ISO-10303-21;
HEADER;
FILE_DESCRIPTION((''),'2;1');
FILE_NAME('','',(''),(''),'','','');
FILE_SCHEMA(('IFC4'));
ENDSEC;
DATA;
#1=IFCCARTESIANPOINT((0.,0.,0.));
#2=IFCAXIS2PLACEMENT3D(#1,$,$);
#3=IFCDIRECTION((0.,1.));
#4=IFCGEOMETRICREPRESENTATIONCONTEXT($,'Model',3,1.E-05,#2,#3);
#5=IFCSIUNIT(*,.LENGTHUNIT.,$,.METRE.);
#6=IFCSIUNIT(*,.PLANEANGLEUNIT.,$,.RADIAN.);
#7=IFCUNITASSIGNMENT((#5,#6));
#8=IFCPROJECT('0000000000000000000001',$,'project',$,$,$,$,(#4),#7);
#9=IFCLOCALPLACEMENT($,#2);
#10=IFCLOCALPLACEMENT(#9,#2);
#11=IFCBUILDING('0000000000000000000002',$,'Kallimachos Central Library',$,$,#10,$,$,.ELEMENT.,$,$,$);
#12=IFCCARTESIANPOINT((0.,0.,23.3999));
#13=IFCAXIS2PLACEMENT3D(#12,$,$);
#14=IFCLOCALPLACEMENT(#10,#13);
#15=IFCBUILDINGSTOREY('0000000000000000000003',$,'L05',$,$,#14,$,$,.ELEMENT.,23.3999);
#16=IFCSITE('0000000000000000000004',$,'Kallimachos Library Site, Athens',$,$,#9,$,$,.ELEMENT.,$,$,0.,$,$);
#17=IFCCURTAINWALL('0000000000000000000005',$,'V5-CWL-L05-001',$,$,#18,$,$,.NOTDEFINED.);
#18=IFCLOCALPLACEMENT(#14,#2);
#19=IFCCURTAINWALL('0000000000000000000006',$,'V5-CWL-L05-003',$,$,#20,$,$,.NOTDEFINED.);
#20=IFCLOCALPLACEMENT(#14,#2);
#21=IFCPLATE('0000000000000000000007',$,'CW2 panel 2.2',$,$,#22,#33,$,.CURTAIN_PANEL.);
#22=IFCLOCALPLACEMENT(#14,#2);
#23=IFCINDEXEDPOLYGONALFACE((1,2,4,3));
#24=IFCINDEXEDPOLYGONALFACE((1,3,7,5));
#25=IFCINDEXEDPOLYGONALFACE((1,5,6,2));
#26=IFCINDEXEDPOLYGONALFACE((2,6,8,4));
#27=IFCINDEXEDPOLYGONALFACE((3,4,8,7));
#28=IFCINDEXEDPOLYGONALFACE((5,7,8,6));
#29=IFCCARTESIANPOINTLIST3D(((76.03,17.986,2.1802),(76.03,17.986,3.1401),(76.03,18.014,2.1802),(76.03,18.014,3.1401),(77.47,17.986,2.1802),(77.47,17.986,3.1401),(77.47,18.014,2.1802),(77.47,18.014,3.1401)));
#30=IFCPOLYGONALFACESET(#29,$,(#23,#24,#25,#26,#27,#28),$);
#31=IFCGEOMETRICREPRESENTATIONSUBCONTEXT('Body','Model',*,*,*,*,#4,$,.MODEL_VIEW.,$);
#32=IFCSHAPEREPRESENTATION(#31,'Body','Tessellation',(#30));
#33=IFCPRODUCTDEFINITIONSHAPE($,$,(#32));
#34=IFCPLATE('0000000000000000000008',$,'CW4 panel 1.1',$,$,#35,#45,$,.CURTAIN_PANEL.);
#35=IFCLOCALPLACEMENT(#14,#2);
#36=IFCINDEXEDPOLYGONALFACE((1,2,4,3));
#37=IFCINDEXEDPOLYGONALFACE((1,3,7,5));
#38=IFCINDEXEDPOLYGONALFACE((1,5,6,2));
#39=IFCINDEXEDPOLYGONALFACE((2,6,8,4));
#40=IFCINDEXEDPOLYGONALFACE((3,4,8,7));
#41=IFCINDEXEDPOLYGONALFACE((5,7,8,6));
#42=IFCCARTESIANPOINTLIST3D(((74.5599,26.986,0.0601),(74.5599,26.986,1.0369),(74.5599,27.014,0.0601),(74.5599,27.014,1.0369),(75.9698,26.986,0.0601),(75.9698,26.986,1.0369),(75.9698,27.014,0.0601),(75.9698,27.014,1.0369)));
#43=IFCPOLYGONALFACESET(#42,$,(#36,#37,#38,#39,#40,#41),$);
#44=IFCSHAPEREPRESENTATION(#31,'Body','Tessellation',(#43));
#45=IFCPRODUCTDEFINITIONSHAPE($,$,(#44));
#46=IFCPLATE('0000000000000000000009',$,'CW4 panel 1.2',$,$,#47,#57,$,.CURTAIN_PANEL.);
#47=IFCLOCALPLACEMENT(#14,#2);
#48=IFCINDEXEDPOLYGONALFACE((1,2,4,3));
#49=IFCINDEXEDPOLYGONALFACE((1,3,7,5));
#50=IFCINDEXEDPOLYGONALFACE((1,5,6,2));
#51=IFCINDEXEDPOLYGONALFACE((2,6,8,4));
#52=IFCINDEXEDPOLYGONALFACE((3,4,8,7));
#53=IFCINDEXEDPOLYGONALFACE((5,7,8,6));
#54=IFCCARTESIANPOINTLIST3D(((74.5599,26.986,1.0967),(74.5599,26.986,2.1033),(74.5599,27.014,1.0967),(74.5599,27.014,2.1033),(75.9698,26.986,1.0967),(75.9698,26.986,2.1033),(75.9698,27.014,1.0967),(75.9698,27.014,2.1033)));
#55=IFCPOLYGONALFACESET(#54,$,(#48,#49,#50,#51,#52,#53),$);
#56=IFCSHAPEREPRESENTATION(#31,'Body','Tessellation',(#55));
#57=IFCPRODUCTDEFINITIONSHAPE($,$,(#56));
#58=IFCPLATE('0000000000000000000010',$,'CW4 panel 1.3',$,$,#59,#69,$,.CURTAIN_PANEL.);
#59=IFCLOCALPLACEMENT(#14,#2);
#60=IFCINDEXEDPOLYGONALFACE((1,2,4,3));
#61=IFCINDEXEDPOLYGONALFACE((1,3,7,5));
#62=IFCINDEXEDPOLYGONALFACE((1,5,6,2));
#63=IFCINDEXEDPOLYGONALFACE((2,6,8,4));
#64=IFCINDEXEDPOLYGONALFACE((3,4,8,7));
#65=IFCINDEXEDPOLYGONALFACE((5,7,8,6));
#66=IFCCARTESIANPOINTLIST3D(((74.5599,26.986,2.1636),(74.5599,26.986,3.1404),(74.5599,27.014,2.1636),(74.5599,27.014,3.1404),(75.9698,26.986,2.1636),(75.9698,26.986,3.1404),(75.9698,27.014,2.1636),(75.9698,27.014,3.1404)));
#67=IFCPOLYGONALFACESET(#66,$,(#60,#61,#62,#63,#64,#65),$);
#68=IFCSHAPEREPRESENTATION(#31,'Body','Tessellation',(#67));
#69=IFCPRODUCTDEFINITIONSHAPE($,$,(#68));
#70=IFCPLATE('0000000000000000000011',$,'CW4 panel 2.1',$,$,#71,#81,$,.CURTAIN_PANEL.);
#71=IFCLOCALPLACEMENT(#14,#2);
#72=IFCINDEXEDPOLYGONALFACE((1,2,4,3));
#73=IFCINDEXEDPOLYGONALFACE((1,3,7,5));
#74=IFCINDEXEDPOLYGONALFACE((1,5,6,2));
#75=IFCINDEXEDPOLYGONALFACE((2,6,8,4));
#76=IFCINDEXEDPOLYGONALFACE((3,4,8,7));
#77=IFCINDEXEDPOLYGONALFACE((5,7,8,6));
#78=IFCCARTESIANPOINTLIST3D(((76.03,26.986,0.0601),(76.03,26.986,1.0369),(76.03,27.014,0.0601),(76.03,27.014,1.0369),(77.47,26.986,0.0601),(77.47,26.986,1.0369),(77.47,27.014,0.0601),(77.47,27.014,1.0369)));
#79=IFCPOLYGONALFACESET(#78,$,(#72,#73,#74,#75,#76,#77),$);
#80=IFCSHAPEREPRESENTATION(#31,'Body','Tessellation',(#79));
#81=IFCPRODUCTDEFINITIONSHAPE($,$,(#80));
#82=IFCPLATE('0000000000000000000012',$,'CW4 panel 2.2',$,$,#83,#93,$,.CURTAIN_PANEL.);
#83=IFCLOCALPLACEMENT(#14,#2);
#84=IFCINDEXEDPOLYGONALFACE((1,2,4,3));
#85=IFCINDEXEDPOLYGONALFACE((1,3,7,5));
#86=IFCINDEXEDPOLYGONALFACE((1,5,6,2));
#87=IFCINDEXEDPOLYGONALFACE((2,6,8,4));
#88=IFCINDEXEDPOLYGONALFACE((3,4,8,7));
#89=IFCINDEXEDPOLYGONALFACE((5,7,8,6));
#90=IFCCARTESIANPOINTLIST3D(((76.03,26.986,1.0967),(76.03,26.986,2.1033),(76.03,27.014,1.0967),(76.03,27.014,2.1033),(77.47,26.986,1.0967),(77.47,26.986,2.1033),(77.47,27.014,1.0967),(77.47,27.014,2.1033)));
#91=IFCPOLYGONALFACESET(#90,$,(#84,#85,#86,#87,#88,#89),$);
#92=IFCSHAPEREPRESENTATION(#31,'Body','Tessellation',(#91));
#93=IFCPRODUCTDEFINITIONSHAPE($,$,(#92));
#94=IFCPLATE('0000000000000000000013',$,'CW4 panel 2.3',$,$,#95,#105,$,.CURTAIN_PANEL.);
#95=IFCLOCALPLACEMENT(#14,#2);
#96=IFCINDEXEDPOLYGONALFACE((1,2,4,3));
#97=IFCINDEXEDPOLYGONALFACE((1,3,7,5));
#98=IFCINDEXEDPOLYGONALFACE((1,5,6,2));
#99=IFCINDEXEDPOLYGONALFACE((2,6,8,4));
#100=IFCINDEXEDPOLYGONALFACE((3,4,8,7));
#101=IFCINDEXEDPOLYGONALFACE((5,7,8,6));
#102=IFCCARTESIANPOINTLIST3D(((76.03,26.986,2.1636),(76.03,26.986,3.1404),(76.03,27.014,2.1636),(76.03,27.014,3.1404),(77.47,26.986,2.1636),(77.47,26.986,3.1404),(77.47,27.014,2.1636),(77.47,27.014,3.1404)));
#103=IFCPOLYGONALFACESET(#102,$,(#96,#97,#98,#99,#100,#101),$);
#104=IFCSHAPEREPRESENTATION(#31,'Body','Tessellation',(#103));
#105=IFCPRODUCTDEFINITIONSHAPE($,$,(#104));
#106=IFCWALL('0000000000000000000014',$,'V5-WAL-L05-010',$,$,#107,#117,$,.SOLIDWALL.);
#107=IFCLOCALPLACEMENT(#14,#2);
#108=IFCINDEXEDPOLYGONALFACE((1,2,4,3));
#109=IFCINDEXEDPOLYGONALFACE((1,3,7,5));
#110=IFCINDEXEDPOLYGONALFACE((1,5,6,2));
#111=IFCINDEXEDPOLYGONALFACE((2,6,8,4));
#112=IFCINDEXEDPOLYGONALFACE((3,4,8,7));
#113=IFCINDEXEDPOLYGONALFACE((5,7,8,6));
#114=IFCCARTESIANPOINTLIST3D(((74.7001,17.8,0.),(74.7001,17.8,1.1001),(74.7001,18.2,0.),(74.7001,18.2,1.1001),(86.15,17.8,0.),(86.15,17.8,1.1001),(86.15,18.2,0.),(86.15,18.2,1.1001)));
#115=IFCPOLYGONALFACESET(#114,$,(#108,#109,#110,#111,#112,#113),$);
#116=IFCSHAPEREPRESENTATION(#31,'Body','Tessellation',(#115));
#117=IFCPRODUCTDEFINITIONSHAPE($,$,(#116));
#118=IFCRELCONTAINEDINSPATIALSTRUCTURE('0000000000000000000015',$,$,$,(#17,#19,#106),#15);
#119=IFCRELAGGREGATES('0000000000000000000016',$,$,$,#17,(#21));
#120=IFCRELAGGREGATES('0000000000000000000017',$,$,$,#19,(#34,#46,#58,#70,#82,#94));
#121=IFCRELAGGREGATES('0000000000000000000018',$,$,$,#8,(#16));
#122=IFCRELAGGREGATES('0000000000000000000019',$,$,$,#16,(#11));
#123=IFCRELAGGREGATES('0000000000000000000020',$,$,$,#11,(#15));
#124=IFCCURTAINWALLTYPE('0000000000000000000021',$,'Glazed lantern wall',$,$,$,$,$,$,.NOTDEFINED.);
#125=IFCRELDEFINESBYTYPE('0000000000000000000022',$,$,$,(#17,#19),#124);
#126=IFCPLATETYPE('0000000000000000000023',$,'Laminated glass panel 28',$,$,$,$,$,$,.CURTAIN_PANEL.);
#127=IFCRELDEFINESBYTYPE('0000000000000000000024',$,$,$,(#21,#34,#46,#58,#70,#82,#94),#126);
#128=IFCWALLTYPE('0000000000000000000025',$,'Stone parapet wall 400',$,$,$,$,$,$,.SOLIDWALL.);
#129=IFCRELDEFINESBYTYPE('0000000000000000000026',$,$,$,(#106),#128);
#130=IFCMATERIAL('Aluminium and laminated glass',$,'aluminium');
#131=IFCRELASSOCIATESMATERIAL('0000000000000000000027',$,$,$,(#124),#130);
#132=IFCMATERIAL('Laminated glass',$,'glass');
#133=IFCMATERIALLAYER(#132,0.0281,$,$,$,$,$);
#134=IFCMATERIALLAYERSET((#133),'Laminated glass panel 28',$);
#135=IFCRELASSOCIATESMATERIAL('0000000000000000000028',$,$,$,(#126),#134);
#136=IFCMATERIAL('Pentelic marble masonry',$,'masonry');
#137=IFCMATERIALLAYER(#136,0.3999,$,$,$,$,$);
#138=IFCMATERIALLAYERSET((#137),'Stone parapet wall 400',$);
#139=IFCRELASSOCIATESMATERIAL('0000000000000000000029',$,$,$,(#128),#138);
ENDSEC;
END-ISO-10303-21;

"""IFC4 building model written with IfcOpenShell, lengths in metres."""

from ifc_helpers import new_model, si_unit, direction, frame, frame_2d, origin, origin_2d, place, context, subcontext, project, spatial, rectangle, extrude, material, layer, layer_set, type_object, element, aggregate, save


model = new_model("IFC4")

# Units and contexts
model_context = context("Model", 3, precision=1e-05, world=origin(), true_north=direction((0.0, 1.0)))
body_context = subcontext(model_context, "Body", "Model", "MODEL_VIEW")
ifc_project = project(units=[si_unit("LENGTHUNIT", "METRE"), si_unit("PLANEANGLEUNIT", "RADIAN")], contexts=[model_context])

# Site, building, storey
site_placement = place(None, origin())
site = spatial("IfcSite", under=ifc_project, at=site_placement, Name="Kallimachos Library Site, Athens", CompositionType="ELEMENT", RefElevation=0.0)
building_placement = place(site_placement, origin())
building = spatial("IfcBuilding", under=site, at=building_placement, Name="Kallimachos Central Library", CompositionType="ELEMENT")
storey_placement = place(building_placement, frame((0.0, 0.0, 23.3999)))
storey = spatial("IfcBuildingStorey", under=building, at=storey_placement, Name="L05", CompositionType="ELEMENT", Elevation=23.3999)

# Curtain walls
ifc_material_1 = material(Name="Aluminium and laminated glass", Category="aluminium")
curtain_wall_type = type_object("IfcCurtainWallType", Name="Glazed lantern wall", PredefinedType="NOTDEFINED", material=ifc_material_1)
curtain_wall_1_placement = place(storey_placement, origin())
curtain_wall_1 = element("IfcCurtainWall", 1, at=curtain_wall_1_placement, inside=storey, type_object=curtain_wall_type, Name="V5-CWL-L05-001", PredefinedType="NOTDEFINED")
curtain_wall_2_placement = place(storey_placement, origin())
curtain_wall_2 = element("IfcCurtainWall", 2, at=curtain_wall_2_placement, inside=storey, type_object=curtain_wall_type, Name="V5-CWL-L05-003", PredefinedType="NOTDEFINED")

# Plates
ifc_material_2 = material(Name="Laminated glass", Category="glass")
ifc_layer_1 = layer(ifc_material_2, 0.0281)
ifc_layer_set_1 = layer_set([ifc_layer_1], Name="Laminated glass panel 28")
plate_type = type_object("IfcPlateType", Name="Laminated glass panel 28", PredefinedType="CURTAIN_PANEL", material=ifc_layer_set_1)
plate_1_placement = place(storey_placement, frame((76.75, 18.0, 2.1802), z_axis=(0.0, 0.0, 1.0), x_axis=(1.0, 0.0, 0.0)))
plate_1 = element("IfcPlate", 3, at=plate_1_placement, type_object=plate_type, Name="CW2 panel 2.2", PredefinedType="CURTAIN_PANEL", context=body_context, shape_type="SweptSolid", body=[
    extrude(rectangle(XDim=1.4399, YDim=0.0281, at=origin_2d()), origin(), (0.0, 0.0, 1.0), 0.96),
])
aggregate(curtain_wall_1, [plate_1])
plate_2_placement = place(storey_placement, frame((75.2649, 27.0, 0.0601), z_axis=(0.0, 0.0, 1.0), x_axis=(1.0, 0.0, 0.0)))
plate_2 = element("IfcPlate", 4, at=plate_2_placement, type_object=plate_type, Name="CW4 panel 1.1", PredefinedType="CURTAIN_PANEL", context=body_context, shape_type="SweptSolid", body=[
    extrude(rectangle(XDim=1.4099, YDim=0.0281, at=origin_2d()), origin(), (0.0, 0.0, 1.0), 0.9768),
])
plate_3_placement = place(storey_placement, frame((75.2649, 27.0, 1.0967), z_axis=(0.0, 0.0, 1.0), x_axis=(1.0, 0.0, 0.0)))
plate_3 = element("IfcPlate", 5, at=plate_3_placement, type_object=plate_type, Name="CW4 panel 1.2", PredefinedType="CURTAIN_PANEL", context=body_context, shape_type="SweptSolid", body=[
    extrude(rectangle(XDim=1.4099, YDim=0.0281, at=origin_2d()), origin(), (0.0, 0.0, 1.0), 1.0066),
])
plate_4_placement = place(storey_placement, frame((75.2649, 27.0, 2.1636), z_axis=(0.0, 0.0, 1.0), x_axis=(1.0, 0.0, 0.0)))
plate_4 = element("IfcPlate", 6, at=plate_4_placement, type_object=plate_type, Name="CW4 panel 1.3", PredefinedType="CURTAIN_PANEL", context=body_context, shape_type="SweptSolid", body=[
    extrude(rectangle(XDim=1.4099, YDim=0.0281, at=origin_2d()), origin(), (0.0, 0.0, 1.0), 0.9768),
])
plate_5_placement = place(storey_placement, frame((76.75, 27.0, 0.0601), z_axis=(0.0, 0.0, 1.0), x_axis=(1.0, 0.0, 0.0)))
plate_5 = element("IfcPlate", 7, at=plate_5_placement, type_object=plate_type, Name="CW4 panel 2.1", PredefinedType="CURTAIN_PANEL", context=body_context, shape_type="SweptSolid", body=[
    extrude(rectangle(XDim=1.4399, YDim=0.0281, at=origin_2d()), origin(), (0.0, 0.0, 1.0), 0.9768),
])
plate_6_placement = place(storey_placement, frame((76.75, 27.0, 1.0967), z_axis=(0.0, 0.0, 1.0), x_axis=(1.0, 0.0, 0.0)))
plate_6 = element("IfcPlate", 8, at=plate_6_placement, type_object=plate_type, Name="CW4 panel 2.2", PredefinedType="CURTAIN_PANEL", context=body_context, shape_type="SweptSolid", body=[
    extrude(rectangle(XDim=1.4399, YDim=0.0281, at=origin_2d()), origin(), (0.0, 0.0, 1.0), 1.0066),
])
plate_7_placement = place(storey_placement, frame((76.75, 27.0, 2.1636), z_axis=(0.0, 0.0, 1.0), x_axis=(1.0, 0.0, 0.0)))
plate_7 = element("IfcPlate", 9, at=plate_7_placement, type_object=plate_type, Name="CW4 panel 2.3", PredefinedType="CURTAIN_PANEL", context=body_context, shape_type="SweptSolid", body=[
    extrude(rectangle(XDim=1.4399, YDim=0.0281, at=origin_2d()), origin(), (0.0, 0.0, 1.0), 0.9768),
])
aggregate(curtain_wall_2, [plate_2, plate_3, plate_4, plate_5, plate_6, plate_7])

# Wall
ifc_material_3 = material(Name="Pentelic marble masonry", Category="masonry")
ifc_layer_2 = layer(ifc_material_3, 0.3999)
ifc_layer_set_2 = layer_set([ifc_layer_2], Name="Stone parapet wall 400")
wall_type = type_object("IfcWallType", Name="Stone parapet wall 400", PredefinedType="SOLIDWALL", material=ifc_layer_set_2)
wall_placement = place(storey_placement, frame((74.7, 18.0, 0.0), z_axis=(0.0, 0.0, 1.0), x_axis=(1.0, 0.0, 0.0)))
element("IfcWall", 10, at=wall_placement, inside=storey, type_object=wall_type, Name="V5-WAL-L05-010", PredefinedType="SOLIDWALL", context=body_context, shape_type="SweptSolid", body=[
    extrude(rectangle(XDim=11.45, YDim=0.3999, at=frame_2d((5.7251, 0.0))), origin(), (0.0, 0.0, 1.0), 1.1001),
])

save(model, "model.ifc")
